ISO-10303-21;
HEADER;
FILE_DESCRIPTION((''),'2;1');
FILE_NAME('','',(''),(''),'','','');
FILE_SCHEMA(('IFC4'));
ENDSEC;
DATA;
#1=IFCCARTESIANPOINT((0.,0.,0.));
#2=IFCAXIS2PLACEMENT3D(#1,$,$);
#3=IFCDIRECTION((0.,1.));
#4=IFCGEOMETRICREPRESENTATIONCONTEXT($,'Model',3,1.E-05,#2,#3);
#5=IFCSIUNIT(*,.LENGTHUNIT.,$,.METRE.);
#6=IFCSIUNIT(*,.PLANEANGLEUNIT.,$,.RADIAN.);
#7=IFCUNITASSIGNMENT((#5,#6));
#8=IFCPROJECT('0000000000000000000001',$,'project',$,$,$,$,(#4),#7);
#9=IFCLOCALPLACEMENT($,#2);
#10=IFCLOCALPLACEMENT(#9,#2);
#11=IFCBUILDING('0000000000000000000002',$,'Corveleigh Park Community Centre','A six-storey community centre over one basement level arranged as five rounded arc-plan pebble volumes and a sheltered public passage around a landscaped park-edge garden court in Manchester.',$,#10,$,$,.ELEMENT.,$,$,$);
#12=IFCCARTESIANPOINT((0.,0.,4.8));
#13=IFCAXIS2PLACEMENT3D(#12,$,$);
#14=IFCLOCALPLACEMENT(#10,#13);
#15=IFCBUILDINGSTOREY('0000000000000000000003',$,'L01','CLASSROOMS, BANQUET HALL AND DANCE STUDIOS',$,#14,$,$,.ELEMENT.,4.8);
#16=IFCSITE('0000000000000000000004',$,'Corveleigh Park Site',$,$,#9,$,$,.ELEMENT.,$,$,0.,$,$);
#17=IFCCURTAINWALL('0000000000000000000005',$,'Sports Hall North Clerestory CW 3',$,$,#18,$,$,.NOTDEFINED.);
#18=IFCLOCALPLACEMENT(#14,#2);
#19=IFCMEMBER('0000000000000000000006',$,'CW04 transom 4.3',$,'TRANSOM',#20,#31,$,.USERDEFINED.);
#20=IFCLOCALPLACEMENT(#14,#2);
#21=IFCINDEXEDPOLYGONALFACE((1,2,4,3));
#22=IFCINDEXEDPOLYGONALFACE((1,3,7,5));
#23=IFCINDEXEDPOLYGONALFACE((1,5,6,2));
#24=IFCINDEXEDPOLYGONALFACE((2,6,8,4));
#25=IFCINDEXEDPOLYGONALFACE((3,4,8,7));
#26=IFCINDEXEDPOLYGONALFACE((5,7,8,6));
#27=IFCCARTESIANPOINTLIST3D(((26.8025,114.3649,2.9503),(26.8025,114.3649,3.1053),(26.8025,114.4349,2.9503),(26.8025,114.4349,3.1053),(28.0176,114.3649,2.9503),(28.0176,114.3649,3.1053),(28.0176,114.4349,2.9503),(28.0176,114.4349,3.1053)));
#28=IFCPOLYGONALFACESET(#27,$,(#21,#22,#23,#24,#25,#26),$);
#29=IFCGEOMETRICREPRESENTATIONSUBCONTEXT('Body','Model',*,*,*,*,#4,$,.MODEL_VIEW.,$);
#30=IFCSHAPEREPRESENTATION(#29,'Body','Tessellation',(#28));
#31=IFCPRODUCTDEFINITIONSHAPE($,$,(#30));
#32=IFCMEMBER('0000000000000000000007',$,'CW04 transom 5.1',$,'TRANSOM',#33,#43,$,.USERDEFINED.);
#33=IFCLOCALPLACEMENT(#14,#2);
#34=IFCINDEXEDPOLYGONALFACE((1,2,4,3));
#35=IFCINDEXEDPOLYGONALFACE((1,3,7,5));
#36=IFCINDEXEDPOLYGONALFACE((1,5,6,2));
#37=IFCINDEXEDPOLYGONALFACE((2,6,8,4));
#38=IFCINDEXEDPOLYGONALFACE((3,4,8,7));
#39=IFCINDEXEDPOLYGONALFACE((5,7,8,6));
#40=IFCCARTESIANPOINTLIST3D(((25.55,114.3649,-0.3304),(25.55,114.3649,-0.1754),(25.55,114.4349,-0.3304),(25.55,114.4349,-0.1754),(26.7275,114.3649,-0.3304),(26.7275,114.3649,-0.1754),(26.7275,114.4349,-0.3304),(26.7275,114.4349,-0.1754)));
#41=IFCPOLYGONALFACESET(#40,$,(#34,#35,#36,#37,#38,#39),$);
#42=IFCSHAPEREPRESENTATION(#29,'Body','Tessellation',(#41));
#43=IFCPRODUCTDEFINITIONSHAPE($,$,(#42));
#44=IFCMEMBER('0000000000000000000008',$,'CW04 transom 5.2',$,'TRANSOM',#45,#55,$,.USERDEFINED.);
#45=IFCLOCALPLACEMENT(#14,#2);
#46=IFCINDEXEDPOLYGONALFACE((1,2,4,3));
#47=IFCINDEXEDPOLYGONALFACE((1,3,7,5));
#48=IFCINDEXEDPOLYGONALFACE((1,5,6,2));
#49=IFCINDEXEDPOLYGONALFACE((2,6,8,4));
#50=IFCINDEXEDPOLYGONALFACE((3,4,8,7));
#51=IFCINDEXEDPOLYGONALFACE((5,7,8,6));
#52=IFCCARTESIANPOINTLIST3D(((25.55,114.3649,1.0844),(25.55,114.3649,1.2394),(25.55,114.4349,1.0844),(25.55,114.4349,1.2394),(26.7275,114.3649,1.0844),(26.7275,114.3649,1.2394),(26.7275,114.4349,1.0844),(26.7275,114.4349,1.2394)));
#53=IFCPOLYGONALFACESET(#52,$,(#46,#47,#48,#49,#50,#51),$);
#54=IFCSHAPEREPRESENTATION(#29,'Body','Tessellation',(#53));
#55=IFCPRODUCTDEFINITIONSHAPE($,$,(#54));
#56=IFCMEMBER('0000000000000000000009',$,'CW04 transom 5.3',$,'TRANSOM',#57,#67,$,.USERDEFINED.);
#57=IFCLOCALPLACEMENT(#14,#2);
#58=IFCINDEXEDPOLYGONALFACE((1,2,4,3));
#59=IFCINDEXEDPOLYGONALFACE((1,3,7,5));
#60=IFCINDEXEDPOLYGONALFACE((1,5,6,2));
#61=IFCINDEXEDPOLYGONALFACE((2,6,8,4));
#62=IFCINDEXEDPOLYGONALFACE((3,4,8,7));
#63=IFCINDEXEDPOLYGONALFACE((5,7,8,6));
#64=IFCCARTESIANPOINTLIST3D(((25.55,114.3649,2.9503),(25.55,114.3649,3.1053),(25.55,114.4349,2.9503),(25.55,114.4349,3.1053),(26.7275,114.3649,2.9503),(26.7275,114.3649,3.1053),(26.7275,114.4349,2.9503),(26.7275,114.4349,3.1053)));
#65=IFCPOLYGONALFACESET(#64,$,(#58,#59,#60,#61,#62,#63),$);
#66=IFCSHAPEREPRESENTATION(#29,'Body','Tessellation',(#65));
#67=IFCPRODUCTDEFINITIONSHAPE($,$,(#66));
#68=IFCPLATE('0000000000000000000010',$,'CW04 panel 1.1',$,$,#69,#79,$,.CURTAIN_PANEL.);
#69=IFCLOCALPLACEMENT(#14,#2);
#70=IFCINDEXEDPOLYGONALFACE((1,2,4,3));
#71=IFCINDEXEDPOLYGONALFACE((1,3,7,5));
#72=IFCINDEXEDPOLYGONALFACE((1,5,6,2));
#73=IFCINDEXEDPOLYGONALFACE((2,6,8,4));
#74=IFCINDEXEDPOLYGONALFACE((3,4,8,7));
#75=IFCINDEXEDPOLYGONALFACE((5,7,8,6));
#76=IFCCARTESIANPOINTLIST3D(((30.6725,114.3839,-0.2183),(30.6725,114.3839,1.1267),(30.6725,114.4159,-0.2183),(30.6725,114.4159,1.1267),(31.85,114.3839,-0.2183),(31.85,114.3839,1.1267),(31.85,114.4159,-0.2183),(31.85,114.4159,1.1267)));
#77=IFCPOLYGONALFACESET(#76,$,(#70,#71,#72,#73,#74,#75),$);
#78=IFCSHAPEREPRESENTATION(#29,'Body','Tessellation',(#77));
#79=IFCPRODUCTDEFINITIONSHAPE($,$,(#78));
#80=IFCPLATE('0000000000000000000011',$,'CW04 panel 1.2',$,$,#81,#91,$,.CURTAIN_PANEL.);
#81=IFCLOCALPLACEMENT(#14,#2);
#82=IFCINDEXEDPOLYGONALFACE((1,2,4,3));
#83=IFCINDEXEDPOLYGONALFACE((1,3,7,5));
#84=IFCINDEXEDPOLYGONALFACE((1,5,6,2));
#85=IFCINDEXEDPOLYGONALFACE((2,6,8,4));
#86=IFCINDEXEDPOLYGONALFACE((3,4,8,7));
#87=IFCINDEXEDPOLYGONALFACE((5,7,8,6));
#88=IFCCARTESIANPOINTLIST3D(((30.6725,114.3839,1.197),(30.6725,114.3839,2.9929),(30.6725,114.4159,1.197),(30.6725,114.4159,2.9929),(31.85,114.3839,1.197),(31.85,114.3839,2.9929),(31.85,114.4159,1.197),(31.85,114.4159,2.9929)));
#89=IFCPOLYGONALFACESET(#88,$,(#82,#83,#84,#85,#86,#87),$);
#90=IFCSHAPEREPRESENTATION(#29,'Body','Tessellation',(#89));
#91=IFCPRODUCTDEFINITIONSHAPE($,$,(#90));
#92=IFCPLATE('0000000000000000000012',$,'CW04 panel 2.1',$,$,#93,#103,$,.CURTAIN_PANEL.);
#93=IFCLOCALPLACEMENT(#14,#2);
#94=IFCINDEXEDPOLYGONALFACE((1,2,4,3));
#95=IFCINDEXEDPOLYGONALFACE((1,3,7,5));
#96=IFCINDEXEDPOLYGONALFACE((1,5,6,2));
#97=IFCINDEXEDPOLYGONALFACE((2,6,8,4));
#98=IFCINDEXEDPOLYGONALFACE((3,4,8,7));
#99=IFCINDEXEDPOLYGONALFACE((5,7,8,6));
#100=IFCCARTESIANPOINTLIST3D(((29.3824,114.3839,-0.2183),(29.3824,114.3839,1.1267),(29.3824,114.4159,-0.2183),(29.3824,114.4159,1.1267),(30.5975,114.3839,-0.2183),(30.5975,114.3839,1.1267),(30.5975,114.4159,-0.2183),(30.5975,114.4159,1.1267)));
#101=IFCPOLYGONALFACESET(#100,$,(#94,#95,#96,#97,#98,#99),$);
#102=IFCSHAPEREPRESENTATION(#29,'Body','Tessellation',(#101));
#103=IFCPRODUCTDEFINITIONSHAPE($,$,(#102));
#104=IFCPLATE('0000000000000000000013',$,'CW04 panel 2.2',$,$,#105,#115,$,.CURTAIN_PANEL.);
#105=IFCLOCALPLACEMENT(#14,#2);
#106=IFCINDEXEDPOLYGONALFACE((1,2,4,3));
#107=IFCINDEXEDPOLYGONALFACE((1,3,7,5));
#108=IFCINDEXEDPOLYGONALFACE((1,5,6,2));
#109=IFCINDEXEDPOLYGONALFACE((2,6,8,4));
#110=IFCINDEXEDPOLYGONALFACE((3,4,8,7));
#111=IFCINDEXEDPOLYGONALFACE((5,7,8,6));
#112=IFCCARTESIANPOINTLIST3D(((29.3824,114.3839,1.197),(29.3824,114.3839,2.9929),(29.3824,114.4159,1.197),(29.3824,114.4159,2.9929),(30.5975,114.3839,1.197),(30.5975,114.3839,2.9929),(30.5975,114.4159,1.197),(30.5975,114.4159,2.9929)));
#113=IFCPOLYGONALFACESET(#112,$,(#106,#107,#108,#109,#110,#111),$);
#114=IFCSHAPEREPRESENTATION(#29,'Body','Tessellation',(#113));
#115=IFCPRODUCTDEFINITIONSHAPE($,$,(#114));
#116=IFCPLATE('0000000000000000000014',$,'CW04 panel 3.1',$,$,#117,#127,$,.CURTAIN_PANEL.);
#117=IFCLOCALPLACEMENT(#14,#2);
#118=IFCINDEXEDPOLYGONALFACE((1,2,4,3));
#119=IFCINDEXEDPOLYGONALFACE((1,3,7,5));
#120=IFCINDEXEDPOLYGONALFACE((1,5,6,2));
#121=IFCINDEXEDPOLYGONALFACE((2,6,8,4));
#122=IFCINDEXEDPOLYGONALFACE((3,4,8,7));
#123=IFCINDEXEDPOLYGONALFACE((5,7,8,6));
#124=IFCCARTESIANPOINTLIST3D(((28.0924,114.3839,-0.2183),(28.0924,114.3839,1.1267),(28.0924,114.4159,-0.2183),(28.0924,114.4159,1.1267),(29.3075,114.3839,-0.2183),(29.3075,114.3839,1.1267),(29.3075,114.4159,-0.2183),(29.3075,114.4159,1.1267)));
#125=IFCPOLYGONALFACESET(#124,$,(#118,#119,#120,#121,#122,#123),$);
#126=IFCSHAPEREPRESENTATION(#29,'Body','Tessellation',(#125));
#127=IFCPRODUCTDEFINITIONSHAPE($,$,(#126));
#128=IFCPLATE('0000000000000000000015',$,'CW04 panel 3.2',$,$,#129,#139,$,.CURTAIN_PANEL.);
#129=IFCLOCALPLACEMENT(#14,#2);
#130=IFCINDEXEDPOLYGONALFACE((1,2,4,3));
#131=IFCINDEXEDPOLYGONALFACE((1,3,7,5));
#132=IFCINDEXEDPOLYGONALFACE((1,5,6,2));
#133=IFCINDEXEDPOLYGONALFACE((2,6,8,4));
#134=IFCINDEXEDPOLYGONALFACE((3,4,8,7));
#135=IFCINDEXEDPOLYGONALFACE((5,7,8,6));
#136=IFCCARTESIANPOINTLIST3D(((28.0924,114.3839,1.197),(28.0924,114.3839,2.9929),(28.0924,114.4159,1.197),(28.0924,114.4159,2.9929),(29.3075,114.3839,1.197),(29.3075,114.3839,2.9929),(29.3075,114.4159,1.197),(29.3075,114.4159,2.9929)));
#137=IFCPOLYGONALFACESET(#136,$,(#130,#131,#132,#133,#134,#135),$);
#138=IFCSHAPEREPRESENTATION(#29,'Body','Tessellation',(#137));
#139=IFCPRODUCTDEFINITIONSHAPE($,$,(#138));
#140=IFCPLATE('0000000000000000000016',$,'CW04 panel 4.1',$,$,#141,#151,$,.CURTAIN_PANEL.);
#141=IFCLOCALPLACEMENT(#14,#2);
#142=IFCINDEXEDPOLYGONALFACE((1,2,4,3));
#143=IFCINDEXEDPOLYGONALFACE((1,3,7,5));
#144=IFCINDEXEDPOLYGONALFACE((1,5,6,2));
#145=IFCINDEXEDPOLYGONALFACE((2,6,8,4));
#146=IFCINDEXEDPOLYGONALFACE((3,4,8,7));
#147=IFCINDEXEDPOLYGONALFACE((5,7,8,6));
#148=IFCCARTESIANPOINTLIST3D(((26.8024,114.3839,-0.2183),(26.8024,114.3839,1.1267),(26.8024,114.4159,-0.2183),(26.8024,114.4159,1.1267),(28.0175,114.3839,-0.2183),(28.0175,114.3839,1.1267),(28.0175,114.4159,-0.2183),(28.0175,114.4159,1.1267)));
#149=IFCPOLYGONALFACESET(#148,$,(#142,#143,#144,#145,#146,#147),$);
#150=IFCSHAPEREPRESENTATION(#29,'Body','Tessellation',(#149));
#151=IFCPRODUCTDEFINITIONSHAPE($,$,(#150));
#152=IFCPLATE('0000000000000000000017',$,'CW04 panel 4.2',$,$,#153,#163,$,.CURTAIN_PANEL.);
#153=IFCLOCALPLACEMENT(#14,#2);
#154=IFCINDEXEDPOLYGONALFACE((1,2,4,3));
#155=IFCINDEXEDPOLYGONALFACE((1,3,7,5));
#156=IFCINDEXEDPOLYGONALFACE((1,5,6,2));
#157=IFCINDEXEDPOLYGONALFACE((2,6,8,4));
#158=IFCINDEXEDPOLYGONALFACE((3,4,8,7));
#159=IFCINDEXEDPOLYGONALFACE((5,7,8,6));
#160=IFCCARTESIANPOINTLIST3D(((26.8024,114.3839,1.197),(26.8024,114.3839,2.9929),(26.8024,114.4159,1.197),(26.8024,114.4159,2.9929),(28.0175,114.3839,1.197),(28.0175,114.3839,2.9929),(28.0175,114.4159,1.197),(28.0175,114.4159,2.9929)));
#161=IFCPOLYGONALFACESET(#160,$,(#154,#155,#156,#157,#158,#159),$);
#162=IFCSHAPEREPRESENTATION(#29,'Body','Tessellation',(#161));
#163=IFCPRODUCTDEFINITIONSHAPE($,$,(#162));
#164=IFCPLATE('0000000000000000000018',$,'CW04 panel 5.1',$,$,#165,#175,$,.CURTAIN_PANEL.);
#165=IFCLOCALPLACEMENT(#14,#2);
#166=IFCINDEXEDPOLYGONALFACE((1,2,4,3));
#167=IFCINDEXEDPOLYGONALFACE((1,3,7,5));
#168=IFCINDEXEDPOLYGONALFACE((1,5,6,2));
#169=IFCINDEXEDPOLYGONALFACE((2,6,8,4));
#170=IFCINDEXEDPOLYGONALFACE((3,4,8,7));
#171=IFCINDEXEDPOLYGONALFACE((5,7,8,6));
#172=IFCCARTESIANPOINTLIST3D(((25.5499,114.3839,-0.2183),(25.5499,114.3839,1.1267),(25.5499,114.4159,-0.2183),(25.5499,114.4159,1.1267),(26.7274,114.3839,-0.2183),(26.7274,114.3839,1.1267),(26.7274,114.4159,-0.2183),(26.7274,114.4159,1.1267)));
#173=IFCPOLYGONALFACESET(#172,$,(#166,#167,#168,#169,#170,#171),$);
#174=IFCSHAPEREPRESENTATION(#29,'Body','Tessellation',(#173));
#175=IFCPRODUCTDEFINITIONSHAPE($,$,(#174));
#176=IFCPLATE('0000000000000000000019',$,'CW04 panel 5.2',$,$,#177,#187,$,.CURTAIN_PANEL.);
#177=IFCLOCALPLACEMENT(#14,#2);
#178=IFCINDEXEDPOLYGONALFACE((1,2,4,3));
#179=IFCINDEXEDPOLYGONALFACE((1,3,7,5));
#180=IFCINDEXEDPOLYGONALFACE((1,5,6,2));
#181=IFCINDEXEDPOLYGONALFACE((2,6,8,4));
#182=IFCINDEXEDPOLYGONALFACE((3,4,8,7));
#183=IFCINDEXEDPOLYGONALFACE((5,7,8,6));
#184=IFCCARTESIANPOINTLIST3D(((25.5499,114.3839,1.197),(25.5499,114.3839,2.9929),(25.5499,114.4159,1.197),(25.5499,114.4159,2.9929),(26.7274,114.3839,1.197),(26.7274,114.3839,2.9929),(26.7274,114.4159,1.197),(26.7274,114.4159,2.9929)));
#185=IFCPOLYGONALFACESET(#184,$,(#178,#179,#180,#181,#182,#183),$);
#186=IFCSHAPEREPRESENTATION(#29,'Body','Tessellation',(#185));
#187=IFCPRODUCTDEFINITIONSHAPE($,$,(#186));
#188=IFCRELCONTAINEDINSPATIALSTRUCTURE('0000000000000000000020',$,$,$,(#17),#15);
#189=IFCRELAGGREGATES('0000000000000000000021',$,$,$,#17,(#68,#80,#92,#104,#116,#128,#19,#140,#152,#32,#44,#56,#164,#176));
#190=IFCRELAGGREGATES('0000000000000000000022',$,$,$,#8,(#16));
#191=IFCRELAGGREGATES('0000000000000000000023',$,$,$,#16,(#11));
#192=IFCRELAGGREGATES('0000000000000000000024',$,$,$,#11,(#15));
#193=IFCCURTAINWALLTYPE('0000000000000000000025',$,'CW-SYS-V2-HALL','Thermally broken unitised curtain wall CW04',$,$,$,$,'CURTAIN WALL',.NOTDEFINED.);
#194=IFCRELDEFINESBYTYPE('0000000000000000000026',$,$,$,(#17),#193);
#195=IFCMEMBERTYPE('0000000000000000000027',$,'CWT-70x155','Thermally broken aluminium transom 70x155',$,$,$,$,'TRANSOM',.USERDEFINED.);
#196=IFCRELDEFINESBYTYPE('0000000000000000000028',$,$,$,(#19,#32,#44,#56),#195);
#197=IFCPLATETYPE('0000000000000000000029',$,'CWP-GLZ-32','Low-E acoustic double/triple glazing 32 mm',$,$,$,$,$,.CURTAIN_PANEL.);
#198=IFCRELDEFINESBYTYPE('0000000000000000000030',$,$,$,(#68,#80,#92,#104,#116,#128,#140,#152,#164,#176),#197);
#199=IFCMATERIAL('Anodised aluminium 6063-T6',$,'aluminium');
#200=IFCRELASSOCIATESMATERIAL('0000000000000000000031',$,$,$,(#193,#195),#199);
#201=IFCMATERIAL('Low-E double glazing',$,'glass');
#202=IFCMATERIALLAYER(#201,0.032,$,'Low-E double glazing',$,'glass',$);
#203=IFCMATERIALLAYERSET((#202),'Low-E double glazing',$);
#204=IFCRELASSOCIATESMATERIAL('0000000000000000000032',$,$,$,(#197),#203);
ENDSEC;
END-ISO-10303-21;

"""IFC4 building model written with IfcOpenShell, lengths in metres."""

from ifc_helpers import new_model, si_unit, direction, frame, origin, origin_2d, place, context, subcontext, project, spatial, rectangle, extrude, material, layer, layer_set, material_profile, profile_set, type_object, element, aggregate, save


model = new_model("IFC4")

# Units and contexts
model_context = context("Model", 3, precision=1e-05, world=origin(), true_north=direction((0.0, 1.0)))
body_context = subcontext(model_context, "Body", "Model", "MODEL_VIEW")
ifc_project = project(units=[si_unit("LENGTHUNIT", "METRE"), si_unit("PLANEANGLEUNIT", "RADIAN")], contexts=[model_context])

# Site, building, storey
site_placement = place(None, origin())
site = spatial("IfcSite", under=ifc_project, at=site_placement, Name="Corveleigh Park Site", CompositionType="ELEMENT", RefElevation=0.0)
building_placement = place(site_placement, origin())
building = spatial("IfcBuilding", under=site, at=building_placement, Name="Corveleigh Park Community Centre", Description="A six-storey community centre over one basement level arranged as five rounded arc-plan pebble volumes and a sheltered public passage around a landscaped park-edge garden court in Manchester.", CompositionType="ELEMENT")
storey_placement = place(building_placement, frame((0.0, 0.0, 4.8)))
storey = spatial("IfcBuildingStorey", under=building, at=storey_placement, Name="L01", Description="CLASSROOMS, BANQUET HALL AND DANCE STUDIOS", CompositionType="ELEMENT", Elevation=4.8)

# Curtain wall, members, plates
ifc_material_1 = material(Name="Anodised aluminium 6063-T6", Category="aluminium")
curtain_wall_type = type_object("IfcCurtainWallType", Name="CW-SYS-V2-HALL", Description="Thermally broken unitised curtain wall CW04", ElementType="CURTAIN WALL", PredefinedType="NOTDEFINED", material=ifc_material_1)
curtain_wall_placement = place(storey_placement, origin())
curtain_wall = element("IfcCurtainWall", 1, at=curtain_wall_placement, inside=storey, type_object=curtain_wall_type, Name="Sports Hall North Clerestory CW 3", PredefinedType="NOTDEFINED")
ifc_material_profile_1 = material_profile(ifc_material_1, rectangle(XDim=0.0701, YDim=0.155, at=origin_2d()), Name="ALU-T70x155", Category="aluminium")
ifc_profile_set_1 = profile_set([ifc_material_profile_1], Name="Anodised aluminium 6063-T6")
member_type_1 = type_object("IfcMemberType", Name="CWT-70x155", Description="Thermally broken aluminium transom 70x155", ElementType="TRANSOM", PredefinedType="USERDEFINED", material=ifc_profile_set_1)
member_1_placement = place(storey_placement, frame((28.0176, 114.3999, 3.0278), z_axis=(-1.0, 0.0, 0.0), x_axis=(0.0, -1.0, 0.0)))
member_1 = element("IfcMember", 2, at=member_1_placement, type_object=member_type_1, Name="CW04 transom 4.3", ObjectType="TRANSOM", PredefinedType="USERDEFINED", context=body_context, shape_type="SweptSolid", body=[
    extrude(rectangle(XDim=0.0701, YDim=0.155, at=origin_2d()), origin(), (0.0, 0.0, 1.0), 1.2151),
])
member_2_placement = place(storey_placement, frame((26.7275, 114.3999, -0.2529), z_axis=(-1.0, 0.0, 0.0), x_axis=(0.0, -1.0, 0.0)))
member_2 = element("IfcMember", 3, at=member_2_placement, type_object=member_type_1, Name="CW04 transom 5.1", ObjectType="TRANSOM", PredefinedType="USERDEFINED", context=body_context, shape_type="SweptSolid", body=[
    extrude(rectangle(XDim=0.0701, YDim=0.155, at=origin_2d()), origin(), (0.0, 0.0, 1.0), 1.1775),
])
member_3_placement = place(storey_placement, frame((26.7275, 114.3999, 1.1619), z_axis=(-1.0, 0.0, 0.0), x_axis=(0.0, -1.0, 0.0)))
member_3 = element("IfcMember", 4, at=member_3_placement, type_object=member_type_1, Name="CW04 transom 5.2", ObjectType="TRANSOM", PredefinedType="USERDEFINED", context=body_context, shape_type="SweptSolid", body=[
    extrude(rectangle(XDim=0.0701, YDim=0.155, at=origin_2d()), origin(), (0.0, 0.0, 1.0), 1.1775),
])
member_4_placement = place(storey_placement, frame((26.7275, 114.3999, 3.0278), z_axis=(-1.0, 0.0, 0.0), x_axis=(0.0, -1.0, 0.0)))
member_4 = element("IfcMember", 5, at=member_4_placement, type_object=member_type_1, Name="CW04 transom 5.3", ObjectType="TRANSOM", PredefinedType="USERDEFINED", context=body_context, shape_type="SweptSolid", body=[
    extrude(rectangle(XDim=0.0701, YDim=0.155, at=origin_2d()), origin(), (0.0, 0.0, 1.0), 1.1775),
])
ifc_material_2 = material(Name="Low-E double glazing", Category="glass")
ifc_layer_1 = layer(ifc_material_2, 0.032, Name="Low-E double glazing", Category="glass")
ifc_layer_set_1 = layer_set([ifc_layer_1], Name="Low-E double glazing")
plate_type_1 = type_object("IfcPlateType", Name="CWP-GLZ-32", Description="Low-E acoustic double/triple glazing 32 mm", PredefinedType="CURTAIN_PANEL", material=ifc_layer_set_1)
plate_1_placement = place(storey_placement, frame((31.2612, 114.3999, -0.2183), z_axis=(0.0, 0.0, 1.0), x_axis=(-1.0, 0.0, 0.0)))
plate_1 = element("IfcPlate", 6, at=plate_1_placement, type_object=plate_type_1, Name="CW04 panel 1.1", PredefinedType="CURTAIN_PANEL", context=body_context, shape_type="SweptSolid", body=[
    extrude(rectangle(XDim=1.1775, YDim=0.032, at=origin_2d()), origin(), (0.0, 0.0, 1.0), 1.345),
])
plate_2_placement = place(storey_placement, frame((31.2612, 114.3999, 1.197), z_axis=(0.0, 0.0, 1.0), x_axis=(-1.0, 0.0, 0.0)))
plate_2 = element("IfcPlate", 7, at=plate_2_placement, type_object=plate_type_1, Name="CW04 panel 1.2", PredefinedType="CURTAIN_PANEL", context=body_context, shape_type="SweptSolid", body=[
    extrude(rectangle(XDim=1.1775, YDim=0.032, at=origin_2d()), origin(), (0.0, 0.0, 1.0), 1.7959),
])
plate_3_placement = place(storey_placement, frame((29.99, 114.3999, -0.2183), z_axis=(0.0, 0.0, 1.0), x_axis=(-1.0, 0.0, 0.0)))
plate_3 = element("IfcPlate", 8, at=plate_3_placement, type_object=plate_type_1, Name="CW04 panel 2.1", PredefinedType="CURTAIN_PANEL", context=body_context, shape_type="SweptSolid", body=[
    extrude(rectangle(XDim=1.2151, YDim=0.032, at=origin_2d()), origin(), (0.0, 0.0, 1.0), 1.345),
])
plate_4_placement = place(storey_placement, frame((29.99, 114.3999, 1.197), z_axis=(0.0, 0.0, 1.0), x_axis=(-1.0, 0.0, 0.0)))
plate_4 = element("IfcPlate", 9, at=plate_4_placement, type_object=plate_type_1, Name="CW04 panel 2.2", PredefinedType="CURTAIN_PANEL", context=body_context, shape_type="SweptSolid", body=[
    extrude(rectangle(XDim=1.2151, YDim=0.032, at=origin_2d()), origin(), (0.0, 0.0, 1.0), 1.7959),
])
plate_5_placement = place(storey_placement, frame((28.7, 114.3999, -0.2183), z_axis=(0.0, 0.0, 1.0), x_axis=(-1.0, 0.0, 0.0)))
plate_5 = element("IfcPlate", 10, at=plate_5_placement, type_object=plate_type_1, Name="CW04 panel 3.1", PredefinedType="CURTAIN_PANEL", context=body_context, shape_type="SweptSolid", body=[
    extrude(rectangle(XDim=1.2151, YDim=0.032, at=origin_2d()), origin(), (0.0, 0.0, 1.0), 1.345),
])
plate_6_placement = place(storey_placement, frame((28.7, 114.3999, 1.197), z_axis=(0.0, 0.0, 1.0), x_axis=(-1.0, 0.0, 0.0)))
plate_6 = element("IfcPlate", 11, at=plate_6_placement, type_object=plate_type_1, Name="CW04 panel 3.2", PredefinedType="CURTAIN_PANEL", context=body_context, shape_type="SweptSolid", body=[
    extrude(rectangle(XDim=1.2151, YDim=0.032, at=origin_2d()), origin(), (0.0, 0.0, 1.0), 1.7959),
])
plate_7_placement = place(storey_placement, frame((27.4099, 114.3999, -0.2183), z_axis=(0.0, 0.0, 1.0), x_axis=(-1.0, 0.0, 0.0)))
plate_7 = element("IfcPlate", 12, at=plate_7_placement, type_object=plate_type_1, Name="CW04 panel 4.1", PredefinedType="CURTAIN_PANEL", context=body_context, shape_type="SweptSolid", body=[
    extrude(rectangle(XDim=1.2151, YDim=0.032, at=origin_2d()), origin(), (0.0, 0.0, 1.0), 1.345),
])
plate_8_placement = place(storey_placement, frame((27.4099, 114.3999, 1.197), z_axis=(0.0, 0.0, 1.0), x_axis=(-1.0, 0.0, 0.0)))
plate_8 = element("IfcPlate", 13, at=plate_8_placement, type_object=plate_type_1, Name="CW04 panel 4.2", PredefinedType="CURTAIN_PANEL", context=body_context, shape_type="SweptSolid", body=[
    extrude(rectangle(XDim=1.2151, YDim=0.032, at=origin_2d()), origin(), (0.0, 0.0, 1.0), 1.7959),
])
plate_9_placement = place(storey_placement, frame((26.1387, 114.3999, -0.2183), z_axis=(0.0, 0.0, 1.0), x_axis=(-1.0, 0.0, 0.0)))
plate_9 = element("IfcPlate", 14, at=plate_9_placement, type_object=plate_type_1, Name="CW04 panel 5.1", PredefinedType="CURTAIN_PANEL", context=body_context, shape_type="SweptSolid", body=[
    extrude(rectangle(XDim=1.1775, YDim=0.032, at=origin_2d()), origin(), (0.0, 0.0, 1.0), 1.345),
])
plate_10_placement = place(storey_placement, frame((26.1387, 114.3999, 1.197), z_axis=(0.0, 0.0, 1.0), x_axis=(-1.0, 0.0, 0.0)))
plate_10 = element("IfcPlate", 15, at=plate_10_placement, type_object=plate_type_1, Name="CW04 panel 5.2", PredefinedType="CURTAIN_PANEL", context=body_context, shape_type="SweptSolid", body=[
    extrude(rectangle(XDim=1.1775, YDim=0.032, at=origin_2d()), origin(), (0.0, 0.0, 1.0), 1.7959),
])
aggregate(curtain_wall, [plate_1, plate_2, plate_3, plate_4, plate_5, plate_6, member_1, plate_7, plate_8, member_2, member_3, member_4, plate_9, plate_10])

save(model, "model.ifc")
